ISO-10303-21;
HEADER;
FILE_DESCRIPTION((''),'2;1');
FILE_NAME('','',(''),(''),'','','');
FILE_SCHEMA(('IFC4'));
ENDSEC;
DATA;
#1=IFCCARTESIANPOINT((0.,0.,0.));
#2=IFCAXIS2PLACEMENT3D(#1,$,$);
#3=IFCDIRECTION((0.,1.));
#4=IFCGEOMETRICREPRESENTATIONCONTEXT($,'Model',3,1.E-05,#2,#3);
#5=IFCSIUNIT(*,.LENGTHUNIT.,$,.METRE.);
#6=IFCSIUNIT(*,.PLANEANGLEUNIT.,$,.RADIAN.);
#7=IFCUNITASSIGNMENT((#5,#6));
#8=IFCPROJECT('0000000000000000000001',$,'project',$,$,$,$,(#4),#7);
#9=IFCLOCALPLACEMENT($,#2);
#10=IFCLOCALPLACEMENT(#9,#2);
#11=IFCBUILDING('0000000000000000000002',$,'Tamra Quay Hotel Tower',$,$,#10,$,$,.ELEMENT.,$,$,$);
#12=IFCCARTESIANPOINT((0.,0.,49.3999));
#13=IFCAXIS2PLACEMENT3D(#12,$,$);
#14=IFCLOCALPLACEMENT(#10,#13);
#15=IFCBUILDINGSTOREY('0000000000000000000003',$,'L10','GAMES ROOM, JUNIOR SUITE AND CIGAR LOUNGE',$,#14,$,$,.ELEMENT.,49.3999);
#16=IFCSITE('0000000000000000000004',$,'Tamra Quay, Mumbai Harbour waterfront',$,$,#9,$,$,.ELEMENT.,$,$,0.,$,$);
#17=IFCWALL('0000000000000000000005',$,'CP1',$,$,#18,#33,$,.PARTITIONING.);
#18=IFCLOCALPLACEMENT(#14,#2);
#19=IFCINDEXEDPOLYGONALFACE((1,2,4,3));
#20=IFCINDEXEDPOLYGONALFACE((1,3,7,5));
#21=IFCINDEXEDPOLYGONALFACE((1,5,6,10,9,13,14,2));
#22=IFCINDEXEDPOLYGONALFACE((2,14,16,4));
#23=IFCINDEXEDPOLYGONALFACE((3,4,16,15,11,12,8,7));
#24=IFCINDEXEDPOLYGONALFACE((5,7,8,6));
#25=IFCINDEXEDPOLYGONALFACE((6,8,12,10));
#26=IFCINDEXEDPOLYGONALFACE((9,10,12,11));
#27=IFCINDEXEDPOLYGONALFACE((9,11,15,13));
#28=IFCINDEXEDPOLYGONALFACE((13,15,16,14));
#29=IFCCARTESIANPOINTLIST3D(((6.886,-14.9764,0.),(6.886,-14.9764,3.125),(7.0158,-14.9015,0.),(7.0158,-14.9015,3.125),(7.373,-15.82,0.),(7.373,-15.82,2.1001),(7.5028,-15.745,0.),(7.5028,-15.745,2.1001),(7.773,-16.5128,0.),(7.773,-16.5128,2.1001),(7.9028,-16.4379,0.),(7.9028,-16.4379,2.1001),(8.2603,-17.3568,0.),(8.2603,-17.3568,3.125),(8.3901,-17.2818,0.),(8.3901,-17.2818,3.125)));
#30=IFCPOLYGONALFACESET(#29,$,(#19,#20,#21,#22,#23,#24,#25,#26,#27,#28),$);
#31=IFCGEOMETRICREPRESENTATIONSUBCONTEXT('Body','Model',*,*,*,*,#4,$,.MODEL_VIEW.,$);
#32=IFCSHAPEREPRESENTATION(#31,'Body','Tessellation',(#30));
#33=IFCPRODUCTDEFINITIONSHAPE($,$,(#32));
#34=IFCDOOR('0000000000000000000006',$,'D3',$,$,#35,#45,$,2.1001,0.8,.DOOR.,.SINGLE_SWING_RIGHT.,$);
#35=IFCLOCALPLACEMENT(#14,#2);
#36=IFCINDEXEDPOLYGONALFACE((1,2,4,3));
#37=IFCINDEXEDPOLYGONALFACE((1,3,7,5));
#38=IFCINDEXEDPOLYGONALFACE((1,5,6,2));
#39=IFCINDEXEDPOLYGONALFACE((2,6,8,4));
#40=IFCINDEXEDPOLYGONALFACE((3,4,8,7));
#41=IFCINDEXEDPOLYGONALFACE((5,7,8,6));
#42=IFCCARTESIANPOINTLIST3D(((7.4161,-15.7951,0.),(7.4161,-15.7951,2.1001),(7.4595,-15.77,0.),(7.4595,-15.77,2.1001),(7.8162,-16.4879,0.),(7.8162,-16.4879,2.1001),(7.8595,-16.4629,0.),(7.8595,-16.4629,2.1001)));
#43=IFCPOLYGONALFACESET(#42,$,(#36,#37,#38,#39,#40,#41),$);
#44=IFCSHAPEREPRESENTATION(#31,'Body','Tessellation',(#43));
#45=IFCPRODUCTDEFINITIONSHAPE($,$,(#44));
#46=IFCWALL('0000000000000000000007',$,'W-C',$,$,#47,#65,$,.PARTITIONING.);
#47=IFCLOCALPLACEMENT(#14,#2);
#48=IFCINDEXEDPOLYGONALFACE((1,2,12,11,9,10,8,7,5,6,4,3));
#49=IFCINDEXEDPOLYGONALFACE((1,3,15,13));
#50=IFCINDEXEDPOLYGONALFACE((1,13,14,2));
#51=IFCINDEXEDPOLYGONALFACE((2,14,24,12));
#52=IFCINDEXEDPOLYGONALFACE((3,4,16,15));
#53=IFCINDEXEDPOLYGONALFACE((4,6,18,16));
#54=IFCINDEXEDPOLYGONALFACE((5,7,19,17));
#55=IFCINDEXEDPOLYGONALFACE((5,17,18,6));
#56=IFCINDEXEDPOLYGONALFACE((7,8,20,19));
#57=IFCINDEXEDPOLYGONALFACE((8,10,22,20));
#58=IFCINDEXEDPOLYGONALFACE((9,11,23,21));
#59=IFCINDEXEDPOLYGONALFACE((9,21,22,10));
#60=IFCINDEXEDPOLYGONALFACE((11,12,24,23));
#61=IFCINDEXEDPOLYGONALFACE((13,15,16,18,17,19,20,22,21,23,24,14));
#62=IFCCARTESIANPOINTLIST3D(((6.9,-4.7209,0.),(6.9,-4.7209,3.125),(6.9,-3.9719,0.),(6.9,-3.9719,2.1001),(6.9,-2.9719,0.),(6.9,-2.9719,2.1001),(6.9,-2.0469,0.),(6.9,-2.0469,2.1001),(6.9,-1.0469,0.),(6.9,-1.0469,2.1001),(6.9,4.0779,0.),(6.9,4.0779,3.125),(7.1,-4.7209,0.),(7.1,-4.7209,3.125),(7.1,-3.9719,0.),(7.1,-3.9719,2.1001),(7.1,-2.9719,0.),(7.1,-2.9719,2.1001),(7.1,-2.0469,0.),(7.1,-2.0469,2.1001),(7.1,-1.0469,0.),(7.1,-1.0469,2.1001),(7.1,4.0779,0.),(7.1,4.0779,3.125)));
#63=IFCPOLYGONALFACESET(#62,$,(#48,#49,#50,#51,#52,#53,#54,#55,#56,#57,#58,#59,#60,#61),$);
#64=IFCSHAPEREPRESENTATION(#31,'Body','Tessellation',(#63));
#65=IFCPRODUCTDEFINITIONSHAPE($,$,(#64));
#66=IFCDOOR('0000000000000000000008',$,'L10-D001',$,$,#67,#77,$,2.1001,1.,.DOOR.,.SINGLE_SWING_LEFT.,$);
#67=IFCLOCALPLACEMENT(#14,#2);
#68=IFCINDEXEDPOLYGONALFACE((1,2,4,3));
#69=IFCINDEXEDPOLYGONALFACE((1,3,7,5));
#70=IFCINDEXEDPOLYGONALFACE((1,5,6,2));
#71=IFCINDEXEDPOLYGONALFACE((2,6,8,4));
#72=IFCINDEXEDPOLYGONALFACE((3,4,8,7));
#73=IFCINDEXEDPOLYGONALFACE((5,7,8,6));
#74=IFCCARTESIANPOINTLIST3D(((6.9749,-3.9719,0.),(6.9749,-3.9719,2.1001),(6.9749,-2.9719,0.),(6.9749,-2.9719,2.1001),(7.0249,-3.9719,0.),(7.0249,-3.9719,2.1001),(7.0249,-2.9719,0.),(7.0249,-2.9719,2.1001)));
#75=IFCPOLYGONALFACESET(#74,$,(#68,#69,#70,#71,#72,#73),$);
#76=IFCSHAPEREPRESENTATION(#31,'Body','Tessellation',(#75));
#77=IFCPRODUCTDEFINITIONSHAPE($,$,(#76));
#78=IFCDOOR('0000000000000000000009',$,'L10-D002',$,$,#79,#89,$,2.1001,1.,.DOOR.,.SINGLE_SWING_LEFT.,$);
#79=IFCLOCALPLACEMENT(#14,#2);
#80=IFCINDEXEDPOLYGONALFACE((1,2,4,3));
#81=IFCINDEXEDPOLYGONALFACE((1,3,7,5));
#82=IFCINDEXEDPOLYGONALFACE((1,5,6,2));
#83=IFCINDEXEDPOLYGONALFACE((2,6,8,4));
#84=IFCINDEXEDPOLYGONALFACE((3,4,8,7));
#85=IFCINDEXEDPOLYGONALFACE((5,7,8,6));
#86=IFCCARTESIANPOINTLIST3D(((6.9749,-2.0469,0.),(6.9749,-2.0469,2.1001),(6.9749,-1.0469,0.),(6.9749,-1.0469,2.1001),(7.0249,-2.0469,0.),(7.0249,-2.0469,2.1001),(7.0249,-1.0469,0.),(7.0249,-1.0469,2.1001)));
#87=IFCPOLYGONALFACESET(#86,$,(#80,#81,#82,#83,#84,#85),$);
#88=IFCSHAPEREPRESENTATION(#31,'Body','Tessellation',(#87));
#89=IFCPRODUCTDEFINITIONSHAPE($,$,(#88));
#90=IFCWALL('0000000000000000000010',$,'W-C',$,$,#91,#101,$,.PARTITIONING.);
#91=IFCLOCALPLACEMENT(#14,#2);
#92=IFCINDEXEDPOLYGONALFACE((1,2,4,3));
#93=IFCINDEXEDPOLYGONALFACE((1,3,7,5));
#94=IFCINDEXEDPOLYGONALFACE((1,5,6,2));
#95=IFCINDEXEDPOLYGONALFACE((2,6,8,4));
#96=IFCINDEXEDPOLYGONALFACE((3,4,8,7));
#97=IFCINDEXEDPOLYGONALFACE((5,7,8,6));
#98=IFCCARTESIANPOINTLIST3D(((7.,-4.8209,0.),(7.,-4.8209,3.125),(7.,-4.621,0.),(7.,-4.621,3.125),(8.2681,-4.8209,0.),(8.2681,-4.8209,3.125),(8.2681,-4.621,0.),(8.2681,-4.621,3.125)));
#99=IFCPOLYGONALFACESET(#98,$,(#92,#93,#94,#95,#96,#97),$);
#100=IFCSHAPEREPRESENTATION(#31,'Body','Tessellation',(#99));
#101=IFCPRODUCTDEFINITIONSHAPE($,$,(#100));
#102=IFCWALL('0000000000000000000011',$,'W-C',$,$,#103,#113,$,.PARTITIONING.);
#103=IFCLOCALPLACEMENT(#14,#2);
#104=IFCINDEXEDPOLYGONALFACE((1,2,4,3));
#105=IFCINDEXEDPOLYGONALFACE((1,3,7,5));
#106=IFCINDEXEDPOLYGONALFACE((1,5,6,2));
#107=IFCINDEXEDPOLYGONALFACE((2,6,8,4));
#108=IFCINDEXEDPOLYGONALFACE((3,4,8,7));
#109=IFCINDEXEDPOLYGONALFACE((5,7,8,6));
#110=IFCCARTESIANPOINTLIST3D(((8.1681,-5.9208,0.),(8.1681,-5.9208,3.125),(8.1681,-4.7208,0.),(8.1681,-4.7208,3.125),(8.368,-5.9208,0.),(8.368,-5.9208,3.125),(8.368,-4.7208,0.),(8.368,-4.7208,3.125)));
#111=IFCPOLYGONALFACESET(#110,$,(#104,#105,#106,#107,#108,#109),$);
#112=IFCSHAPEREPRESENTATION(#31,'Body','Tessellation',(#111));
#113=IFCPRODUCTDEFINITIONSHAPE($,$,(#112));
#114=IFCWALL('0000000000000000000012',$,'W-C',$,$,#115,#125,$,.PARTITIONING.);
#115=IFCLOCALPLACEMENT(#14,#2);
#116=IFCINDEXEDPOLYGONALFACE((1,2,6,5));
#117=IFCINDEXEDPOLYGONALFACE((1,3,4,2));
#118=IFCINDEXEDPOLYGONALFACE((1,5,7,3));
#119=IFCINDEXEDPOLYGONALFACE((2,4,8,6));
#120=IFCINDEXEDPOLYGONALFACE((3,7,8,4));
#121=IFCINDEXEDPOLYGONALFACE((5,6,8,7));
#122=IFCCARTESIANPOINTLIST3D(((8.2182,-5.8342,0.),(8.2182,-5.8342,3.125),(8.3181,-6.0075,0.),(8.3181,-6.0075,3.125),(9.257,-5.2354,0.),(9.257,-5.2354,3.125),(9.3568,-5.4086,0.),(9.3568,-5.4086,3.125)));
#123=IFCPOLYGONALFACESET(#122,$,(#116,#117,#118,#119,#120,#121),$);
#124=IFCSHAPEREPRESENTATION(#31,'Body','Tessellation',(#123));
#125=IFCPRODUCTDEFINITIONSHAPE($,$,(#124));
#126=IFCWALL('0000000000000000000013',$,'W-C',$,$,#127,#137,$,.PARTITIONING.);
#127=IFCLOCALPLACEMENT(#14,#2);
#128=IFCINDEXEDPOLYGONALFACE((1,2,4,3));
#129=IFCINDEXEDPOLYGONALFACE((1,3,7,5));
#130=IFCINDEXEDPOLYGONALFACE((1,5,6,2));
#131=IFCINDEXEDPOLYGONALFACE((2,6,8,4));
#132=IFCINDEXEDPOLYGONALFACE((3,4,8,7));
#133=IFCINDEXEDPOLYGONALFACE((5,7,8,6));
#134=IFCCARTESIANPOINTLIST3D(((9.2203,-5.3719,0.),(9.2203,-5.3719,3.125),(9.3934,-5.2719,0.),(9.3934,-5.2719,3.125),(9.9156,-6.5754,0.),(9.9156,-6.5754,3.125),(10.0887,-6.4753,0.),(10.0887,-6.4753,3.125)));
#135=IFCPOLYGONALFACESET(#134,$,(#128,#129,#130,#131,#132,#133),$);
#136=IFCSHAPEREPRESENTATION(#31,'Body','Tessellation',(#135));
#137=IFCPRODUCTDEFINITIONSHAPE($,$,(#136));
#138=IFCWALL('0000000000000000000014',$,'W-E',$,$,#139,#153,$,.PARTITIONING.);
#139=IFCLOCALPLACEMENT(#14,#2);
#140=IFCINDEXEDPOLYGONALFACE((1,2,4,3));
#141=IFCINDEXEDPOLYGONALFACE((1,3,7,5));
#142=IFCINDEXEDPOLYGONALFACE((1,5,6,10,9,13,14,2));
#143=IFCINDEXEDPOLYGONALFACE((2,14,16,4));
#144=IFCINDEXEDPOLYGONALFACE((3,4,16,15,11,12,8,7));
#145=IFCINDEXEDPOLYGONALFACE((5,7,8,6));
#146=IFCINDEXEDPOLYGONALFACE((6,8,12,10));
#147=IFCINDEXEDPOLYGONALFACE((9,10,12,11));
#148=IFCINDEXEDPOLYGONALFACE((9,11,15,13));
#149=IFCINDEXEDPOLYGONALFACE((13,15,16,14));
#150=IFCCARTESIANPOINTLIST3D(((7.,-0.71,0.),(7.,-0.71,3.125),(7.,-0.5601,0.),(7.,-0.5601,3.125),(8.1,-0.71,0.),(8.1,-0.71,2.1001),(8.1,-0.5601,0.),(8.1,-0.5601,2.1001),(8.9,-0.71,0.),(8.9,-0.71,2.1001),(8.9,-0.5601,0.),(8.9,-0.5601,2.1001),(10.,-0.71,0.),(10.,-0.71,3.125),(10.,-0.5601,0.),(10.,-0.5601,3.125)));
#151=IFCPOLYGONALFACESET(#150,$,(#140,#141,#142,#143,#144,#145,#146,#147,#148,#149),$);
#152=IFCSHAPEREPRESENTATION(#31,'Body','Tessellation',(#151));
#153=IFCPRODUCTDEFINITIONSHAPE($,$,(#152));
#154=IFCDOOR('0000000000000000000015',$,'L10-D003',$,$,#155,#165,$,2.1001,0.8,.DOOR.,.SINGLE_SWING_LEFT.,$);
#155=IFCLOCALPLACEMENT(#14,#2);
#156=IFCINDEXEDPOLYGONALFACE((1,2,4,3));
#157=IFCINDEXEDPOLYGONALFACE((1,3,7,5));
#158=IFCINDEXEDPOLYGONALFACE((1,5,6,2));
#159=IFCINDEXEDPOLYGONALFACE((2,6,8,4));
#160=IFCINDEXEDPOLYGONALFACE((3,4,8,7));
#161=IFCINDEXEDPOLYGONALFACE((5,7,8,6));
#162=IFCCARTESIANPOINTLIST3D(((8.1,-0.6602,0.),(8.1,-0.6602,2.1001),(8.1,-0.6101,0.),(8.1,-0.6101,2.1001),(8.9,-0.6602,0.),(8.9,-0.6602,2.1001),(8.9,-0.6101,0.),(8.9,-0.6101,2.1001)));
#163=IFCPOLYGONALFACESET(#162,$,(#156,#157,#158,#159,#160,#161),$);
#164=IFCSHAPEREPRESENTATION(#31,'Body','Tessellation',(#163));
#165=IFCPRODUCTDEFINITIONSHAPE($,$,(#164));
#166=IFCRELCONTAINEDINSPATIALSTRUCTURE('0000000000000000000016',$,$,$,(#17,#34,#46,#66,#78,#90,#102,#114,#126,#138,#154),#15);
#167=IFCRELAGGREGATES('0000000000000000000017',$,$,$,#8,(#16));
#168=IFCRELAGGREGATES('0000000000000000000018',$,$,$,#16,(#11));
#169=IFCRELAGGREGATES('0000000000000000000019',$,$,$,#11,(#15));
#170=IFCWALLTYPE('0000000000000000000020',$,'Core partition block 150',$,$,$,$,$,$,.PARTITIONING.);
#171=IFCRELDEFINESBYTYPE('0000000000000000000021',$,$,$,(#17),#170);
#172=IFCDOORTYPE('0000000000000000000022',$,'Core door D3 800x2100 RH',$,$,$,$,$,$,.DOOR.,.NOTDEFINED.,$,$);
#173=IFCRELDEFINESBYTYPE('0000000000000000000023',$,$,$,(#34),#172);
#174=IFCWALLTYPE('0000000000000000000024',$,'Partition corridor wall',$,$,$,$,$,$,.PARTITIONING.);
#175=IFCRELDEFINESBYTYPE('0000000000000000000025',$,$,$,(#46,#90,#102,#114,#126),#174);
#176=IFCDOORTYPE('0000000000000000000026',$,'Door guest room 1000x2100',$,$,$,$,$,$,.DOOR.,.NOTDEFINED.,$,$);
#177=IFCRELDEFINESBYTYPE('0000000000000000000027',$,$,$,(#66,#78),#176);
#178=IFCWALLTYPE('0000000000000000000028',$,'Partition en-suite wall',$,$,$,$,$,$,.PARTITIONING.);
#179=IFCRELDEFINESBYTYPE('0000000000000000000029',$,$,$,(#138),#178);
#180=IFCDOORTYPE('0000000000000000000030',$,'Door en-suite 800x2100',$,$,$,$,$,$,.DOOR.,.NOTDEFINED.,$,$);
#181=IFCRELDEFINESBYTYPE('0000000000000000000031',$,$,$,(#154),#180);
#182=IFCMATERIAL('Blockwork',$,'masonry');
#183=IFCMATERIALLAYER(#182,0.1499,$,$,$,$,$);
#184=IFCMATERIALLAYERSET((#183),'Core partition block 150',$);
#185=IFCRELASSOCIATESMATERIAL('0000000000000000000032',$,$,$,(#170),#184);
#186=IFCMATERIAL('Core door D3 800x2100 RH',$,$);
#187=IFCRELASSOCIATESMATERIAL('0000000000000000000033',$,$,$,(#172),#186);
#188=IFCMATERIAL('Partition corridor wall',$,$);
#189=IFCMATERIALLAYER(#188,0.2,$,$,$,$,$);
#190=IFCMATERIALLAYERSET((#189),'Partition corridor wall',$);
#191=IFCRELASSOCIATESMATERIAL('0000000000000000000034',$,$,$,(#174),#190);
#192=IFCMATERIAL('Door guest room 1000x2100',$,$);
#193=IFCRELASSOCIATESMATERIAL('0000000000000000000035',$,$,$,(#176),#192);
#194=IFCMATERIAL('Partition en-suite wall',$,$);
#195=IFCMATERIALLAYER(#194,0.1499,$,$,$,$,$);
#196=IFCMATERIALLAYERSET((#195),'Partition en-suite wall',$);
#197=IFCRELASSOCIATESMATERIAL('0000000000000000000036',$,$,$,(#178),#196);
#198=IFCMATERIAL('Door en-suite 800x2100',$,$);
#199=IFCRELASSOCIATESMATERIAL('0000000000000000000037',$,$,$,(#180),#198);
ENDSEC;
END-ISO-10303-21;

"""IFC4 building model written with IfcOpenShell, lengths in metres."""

from ifc_helpers import new_model, si_unit, direction, frame, frame_2d, origin, place, context, subcontext, project, spatial, rectangle, extrude, material, layer, layer_set, type_object, element, fill, save


model = new_model("IFC4")

# Units and contexts
model_context = context("Model", 3, precision=1e-05, world=origin(), true_north=direction((0.0, 1.0)))
body_context = subcontext(model_context, "Body", "Model", "MODEL_VIEW")
ifc_project = project(units=[si_unit("LENGTHUNIT", "METRE"), si_unit("PLANEANGLEUNIT", "RADIAN")], contexts=[model_context])

# Site, building, storey
site_placement = place(None, origin())
site = spatial("IfcSite", under=ifc_project, at=site_placement, Name="Tamra Quay, Mumbai Harbour waterfront", CompositionType="ELEMENT", RefElevation=0.0)
building_placement = place(site_placement, origin())
building = spatial("IfcBuilding", under=site, at=building_placement, Name="Tamra Quay Hotel Tower", CompositionType="ELEMENT")
storey_placement = place(building_placement, frame((0.0, 0.0, 49.3999)))
storey = spatial("IfcBuildingStorey", under=building, at=storey_placement, Name="L10", Description="GAMES ROOM, JUNIOR SUITE AND CIGAR LOUNGE", CompositionType="ELEMENT", Elevation=49.3999)

# Shared definitions
ifc_material_1 = material(Name="Blockwork", Category="masonry")
ifc_layer_1 = layer(ifc_material_1, 0.1499)
ifc_layer_set_1 = layer_set([ifc_layer_1], Name="Core partition block 150")
wall_type_1 = type_object("IfcWallType", Name="Core partition block 150", PredefinedType="PARTITIONING", material=ifc_layer_set_1)

# Wall, opening, door
wall_1_placement = place(storey_placement, frame((6.9509, -14.939, 0.0), z_axis=(0.0, 0.0, 1.0), x_axis=(0.499989, -0.866032, 0.0)))
wall_1 = element("IfcWall", 1, at=wall_1_placement, inside=storey, type_object=wall_type_1, Name="CP1", PredefinedType="PARTITIONING", context=body_context, shape_type="SweptSolid", body=[
    extrude(rectangle(XDim=2.7485, YDim=0.1499, at=frame_2d((1.3743, 0.0))), origin(), (0.0, 0.0, 1.0), 3.125),
])
opening_1_placement = place(wall_1_placement, frame((0.9741, 0.0, 0.0)))
opening_1 = element("IfcOpeningElement", 2, at=opening_1_placement, cuts=wall_1, PredefinedType="OPENING", context=body_context, shape_type="SweptSolid", body=[
    extrude(rectangle(XDim=0.8, YDim=2.1001, at=frame_2d((0.3999, 1.05))), frame((0.0, 0.085, 0.0), z_axis=(0.0, -1.0, 0.0), x_axis=(1.0, 0.0, 0.0)), (0.0, 0.0, 1.0), 0.1699),
])
ifc_material_2 = material(Name="Core door D3 800x2100 RH")
door_type_1 = type_object("IfcDoorType", Name="Core door D3 800x2100 RH", OperationType="NOTDEFINED", PredefinedType="DOOR", material=ifc_material_2)
door_1_placement = place(opening_1_placement, origin())
door_1 = element("IfcDoor", 3, at=door_1_placement, inside=storey, type_object=door_type_1, Name="D3", OperationType="SINGLE_SWING_RIGHT", OverallHeight=2.1001, OverallWidth=0.8, PredefinedType="DOOR", context=body_context, shape_type="SweptSolid", body=[
    extrude(rectangle(XDim=0.8, YDim=2.1001, at=frame_2d((0.3999, 1.05))), frame((0.0, 0.0249, 0.0), z_axis=(0.0, -1.0, 0.0), x_axis=(1.0, 0.0, 0.0)), (0.0, 0.0, 1.0), 0.05),
])
fill(opening_1, door_1)

# Wall, openings, doors
ifc_material_3 = material(Name="Partition corridor wall")
ifc_layer_2 = layer(ifc_material_3, 0.2)
ifc_layer_set_2 = layer_set([ifc_layer_2], Name="Partition corridor wall")
wall_type_2 = type_object("IfcWallType", Name="Partition corridor wall", PredefinedType="PARTITIONING", material=ifc_layer_set_2)
wall_2_placement = place(storey_placement, frame((7.0, -4.7209, 0.0), z_axis=(0.0, 0.0, 1.0), x_axis=(0.0, 1.0, 0.0)))
wall_2 = element("IfcWall", 4, at=wall_2_placement, inside=storey, type_object=wall_type_2, Name="W-C", PredefinedType="PARTITIONING", context=body_context, shape_type="SweptSolid", body=[
    extrude(rectangle(XDim=8.7988, YDim=0.2, at=frame_2d((4.3994, 0.0))), origin(), (0.0, 0.0, 1.0), 3.125),
])
opening_2_placement = place(wall_2_placement, frame((0.749, 0.0, 0.0)))
opening_2 = element("IfcOpeningElement", 5, at=opening_2_placement, cuts=wall_2, PredefinedType="OPENING", context=body_context, shape_type="SweptSolid", body=[
    extrude(rectangle(XDim=1.0, YDim=2.1001, at=frame_2d((0.5, 1.05))), frame((0.0, 0.1099, 0.0), z_axis=(0.0, -1.0, 0.0), x_axis=(1.0, 0.0, 0.0)), (0.0, 0.0, 1.0), 0.22),
])
opening_3_placement = place(wall_2_placement, frame((2.6741, 0.0, 0.0)))
opening_3 = element("IfcOpeningElement", 6, at=opening_3_placement, cuts=wall_2, PredefinedType="OPENING", context=body_context, shape_type="SweptSolid", body=[
    extrude(rectangle(XDim=1.0, YDim=2.1001, at=frame_2d((0.5, 1.05))), frame((0.0, 0.1099, 0.0), z_axis=(0.0, -1.0, 0.0), x_axis=(1.0, 0.0, 0.0)), (0.0, 0.0, 1.0), 0.22),
])
ifc_material_4 = material(Name="Door guest room 1000x2100")
door_type_2 = type_object("IfcDoorType", Name="Door guest room 1000x2100", OperationType="NOTDEFINED", PredefinedType="DOOR", material=ifc_material_4)
door_2_placement = place(opening_2_placement, frame((1.0, 0.0, 0.0), z_axis=(0.0, 0.0, 1.0), x_axis=(-1.0, 0.0, 0.0)))
door_2 = element("IfcDoor", 7, at=door_2_placement, inside=storey, type_object=door_type_2, Name="L10-D001", OperationType="SINGLE_SWING_LEFT", OverallHeight=2.1001, OverallWidth=1.0, PredefinedType="DOOR", context=body_context, shape_type="SweptSolid", body=[
    extrude(rectangle(XDim=1.0, YDim=2.1001, at=frame_2d((0.5, 1.05))), frame((0.0, 0.0249, 0.0), z_axis=(0.0, -1.0, 0.0), x_axis=(1.0, 0.0, 0.0)), (0.0, 0.0, 1.0), 0.05),
])
fill(opening_2, door_2)
door_3_placement = place(opening_3_placement, frame((1.0, 0.0, 0.0), z_axis=(0.0, 0.0, 1.0), x_axis=(-1.0, 0.0, 0.0)))
door_3 = element("IfcDoor", 8, at=door_3_placement, inside=storey, type_object=door_type_2, Name="L10-D002", OperationType="SINGLE_SWING_LEFT", OverallHeight=2.1001, OverallWidth=1.0, PredefinedType="DOOR", context=body_context, shape_type="SweptSolid", body=[
    extrude(rectangle(XDim=1.0, YDim=2.1001, at=frame_2d((0.5, 1.05))), frame((0.0, 0.0249, 0.0), z_axis=(0.0, -1.0, 0.0), x_axis=(1.0, 0.0, 0.0)), (0.0, 0.0, 1.0), 0.05),
])
fill(opening_3, door_3)

# Walls
wall_3_placement = place(storey_placement, frame((7.0, -4.7209, 0.0), z_axis=(0.0, 0.0, 1.0), x_axis=(1.0, 0.0, 0.0)))
element("IfcWall", 9, at=wall_3_placement, inside=storey, type_object=wall_type_2, Name="W-C", PredefinedType="PARTITIONING", context=body_context, shape_type="SweptSolid", body=[
    extrude(rectangle(XDim=1.2681, YDim=0.2, at=frame_2d((0.634, 0.0))), origin(), (0.0, 0.0, 1.0), 3.125),
])
wall_4_placement = place(storey_placement, frame((8.2681, -5.9209, 0.0), z_axis=(0.0, 0.0, 1.0), x_axis=(0.0, 1.0, 0.0)))
element("IfcWall", 10, at=wall_4_placement, inside=storey, type_object=wall_type_2, Name="W-C", PredefinedType="PARTITIONING", context=body_context, shape_type="SweptSolid", body=[
    extrude(rectangle(XDim=1.2, YDim=0.2, at=frame_2d((0.6001, 0.0))), origin(), (0.0, 0.0, 1.0), 3.125),
])
wall_5_placement = place(storey_placement, frame((8.2681, -5.9209, 0.0), z_axis=(0.0, 0.0, 1.0), x_axis=(0.866345, 0.499446, 0.0)))
element("IfcWall", 11, at=wall_5_placement, inside=storey, type_object=wall_type_2, Name="W-C", PredefinedType="PARTITIONING", context=body_context, shape_type="SweptSolid", body=[
    extrude(rectangle(XDim=1.199, YDim=0.2, at=frame_2d((0.5996, 0.0))), origin(), (0.0, 0.0, 1.0), 3.125),
])
wall_6_placement = place(storey_placement, frame((9.3069, -5.322, 0.0), z_axis=(0.0, 0.0, 1.0), x_axis=(0.500295, -0.865855, 0.0)))
element("IfcWall", 12, at=wall_6_placement, inside=storey, type_object=wall_type_2, Name="W-C", PredefinedType="PARTITIONING", context=body_context, shape_type="SweptSolid", body=[
    extrude(rectangle(XDim=1.3899, YDim=0.2, at=frame_2d((0.6948, 0.0))), origin(), (0.0, 0.0, 1.0), 3.125),
])

# Wall, opening, door
ifc_material_5 = material(Name="Partition en-suite wall")
ifc_layer_3 = layer(ifc_material_5, 0.1499)
ifc_layer_set_3 = layer_set([ifc_layer_3], Name="Partition en-suite wall")
wall_type_3 = type_object("IfcWallType", Name="Partition en-suite wall", PredefinedType="PARTITIONING", material=ifc_layer_set_3)
wall_7_placement = place(storey_placement, frame((7.0, -0.635, 0.0), z_axis=(0.0, 0.0, 1.0), x_axis=(1.0, 0.0, 0.0)))
wall_7 = element("IfcWall", 13, at=wall_7_placement, inside=storey, type_object=wall_type_3, Name="W-E", PredefinedType="PARTITIONING", context=body_context, shape_type="SweptSolid", body=[
    extrude(rectangle(XDim=3.0, YDim=0.1499, at=frame_2d((1.5, 0.0))), origin(), (0.0, 0.0, 1.0), 3.125),
])
opening_4_placement = place(wall_7_placement, frame((1.1001, 0.0, 0.0)))
opening_4 = element("IfcOpeningElement", 14, at=opening_4_placement, cuts=wall_7, PredefinedType="OPENING", context=body_context, shape_type="SweptSolid", body=[
    extrude(rectangle(XDim=0.8, YDim=2.1001, at=frame_2d((0.3999, 1.05))), frame((0.0, 0.085, 0.0), z_axis=(0.0, -1.0, 0.0), x_axis=(1.0, 0.0, 0.0)), (0.0, 0.0, 1.0), 0.1699),
])
ifc_material_6 = material(Name="Door en-suite 800x2100")
door_type_3 = type_object("IfcDoorType", Name="Door en-suite 800x2100", OperationType="NOTDEFINED", PredefinedType="DOOR", material=ifc_material_6)
door_4_placement = place(opening_4_placement, origin())
door_4 = element("IfcDoor", 15, at=door_4_placement, inside=storey, type_object=door_type_3, Name="L10-D003", OperationType="SINGLE_SWING_LEFT", OverallHeight=2.1001, OverallWidth=0.8, PredefinedType="DOOR", context=body_context, shape_type="SweptSolid", body=[
    extrude(rectangle(XDim=0.8, YDim=2.1001, at=frame_2d((0.3999, 1.05))), frame((0.0, 0.0249, 0.0), z_axis=(0.0, -1.0, 0.0), x_axis=(1.0, 0.0, 0.0)), (0.0, 0.0, 1.0), 0.05),
])
fill(opening_4, door_4)

save(model, "model.ifc")
